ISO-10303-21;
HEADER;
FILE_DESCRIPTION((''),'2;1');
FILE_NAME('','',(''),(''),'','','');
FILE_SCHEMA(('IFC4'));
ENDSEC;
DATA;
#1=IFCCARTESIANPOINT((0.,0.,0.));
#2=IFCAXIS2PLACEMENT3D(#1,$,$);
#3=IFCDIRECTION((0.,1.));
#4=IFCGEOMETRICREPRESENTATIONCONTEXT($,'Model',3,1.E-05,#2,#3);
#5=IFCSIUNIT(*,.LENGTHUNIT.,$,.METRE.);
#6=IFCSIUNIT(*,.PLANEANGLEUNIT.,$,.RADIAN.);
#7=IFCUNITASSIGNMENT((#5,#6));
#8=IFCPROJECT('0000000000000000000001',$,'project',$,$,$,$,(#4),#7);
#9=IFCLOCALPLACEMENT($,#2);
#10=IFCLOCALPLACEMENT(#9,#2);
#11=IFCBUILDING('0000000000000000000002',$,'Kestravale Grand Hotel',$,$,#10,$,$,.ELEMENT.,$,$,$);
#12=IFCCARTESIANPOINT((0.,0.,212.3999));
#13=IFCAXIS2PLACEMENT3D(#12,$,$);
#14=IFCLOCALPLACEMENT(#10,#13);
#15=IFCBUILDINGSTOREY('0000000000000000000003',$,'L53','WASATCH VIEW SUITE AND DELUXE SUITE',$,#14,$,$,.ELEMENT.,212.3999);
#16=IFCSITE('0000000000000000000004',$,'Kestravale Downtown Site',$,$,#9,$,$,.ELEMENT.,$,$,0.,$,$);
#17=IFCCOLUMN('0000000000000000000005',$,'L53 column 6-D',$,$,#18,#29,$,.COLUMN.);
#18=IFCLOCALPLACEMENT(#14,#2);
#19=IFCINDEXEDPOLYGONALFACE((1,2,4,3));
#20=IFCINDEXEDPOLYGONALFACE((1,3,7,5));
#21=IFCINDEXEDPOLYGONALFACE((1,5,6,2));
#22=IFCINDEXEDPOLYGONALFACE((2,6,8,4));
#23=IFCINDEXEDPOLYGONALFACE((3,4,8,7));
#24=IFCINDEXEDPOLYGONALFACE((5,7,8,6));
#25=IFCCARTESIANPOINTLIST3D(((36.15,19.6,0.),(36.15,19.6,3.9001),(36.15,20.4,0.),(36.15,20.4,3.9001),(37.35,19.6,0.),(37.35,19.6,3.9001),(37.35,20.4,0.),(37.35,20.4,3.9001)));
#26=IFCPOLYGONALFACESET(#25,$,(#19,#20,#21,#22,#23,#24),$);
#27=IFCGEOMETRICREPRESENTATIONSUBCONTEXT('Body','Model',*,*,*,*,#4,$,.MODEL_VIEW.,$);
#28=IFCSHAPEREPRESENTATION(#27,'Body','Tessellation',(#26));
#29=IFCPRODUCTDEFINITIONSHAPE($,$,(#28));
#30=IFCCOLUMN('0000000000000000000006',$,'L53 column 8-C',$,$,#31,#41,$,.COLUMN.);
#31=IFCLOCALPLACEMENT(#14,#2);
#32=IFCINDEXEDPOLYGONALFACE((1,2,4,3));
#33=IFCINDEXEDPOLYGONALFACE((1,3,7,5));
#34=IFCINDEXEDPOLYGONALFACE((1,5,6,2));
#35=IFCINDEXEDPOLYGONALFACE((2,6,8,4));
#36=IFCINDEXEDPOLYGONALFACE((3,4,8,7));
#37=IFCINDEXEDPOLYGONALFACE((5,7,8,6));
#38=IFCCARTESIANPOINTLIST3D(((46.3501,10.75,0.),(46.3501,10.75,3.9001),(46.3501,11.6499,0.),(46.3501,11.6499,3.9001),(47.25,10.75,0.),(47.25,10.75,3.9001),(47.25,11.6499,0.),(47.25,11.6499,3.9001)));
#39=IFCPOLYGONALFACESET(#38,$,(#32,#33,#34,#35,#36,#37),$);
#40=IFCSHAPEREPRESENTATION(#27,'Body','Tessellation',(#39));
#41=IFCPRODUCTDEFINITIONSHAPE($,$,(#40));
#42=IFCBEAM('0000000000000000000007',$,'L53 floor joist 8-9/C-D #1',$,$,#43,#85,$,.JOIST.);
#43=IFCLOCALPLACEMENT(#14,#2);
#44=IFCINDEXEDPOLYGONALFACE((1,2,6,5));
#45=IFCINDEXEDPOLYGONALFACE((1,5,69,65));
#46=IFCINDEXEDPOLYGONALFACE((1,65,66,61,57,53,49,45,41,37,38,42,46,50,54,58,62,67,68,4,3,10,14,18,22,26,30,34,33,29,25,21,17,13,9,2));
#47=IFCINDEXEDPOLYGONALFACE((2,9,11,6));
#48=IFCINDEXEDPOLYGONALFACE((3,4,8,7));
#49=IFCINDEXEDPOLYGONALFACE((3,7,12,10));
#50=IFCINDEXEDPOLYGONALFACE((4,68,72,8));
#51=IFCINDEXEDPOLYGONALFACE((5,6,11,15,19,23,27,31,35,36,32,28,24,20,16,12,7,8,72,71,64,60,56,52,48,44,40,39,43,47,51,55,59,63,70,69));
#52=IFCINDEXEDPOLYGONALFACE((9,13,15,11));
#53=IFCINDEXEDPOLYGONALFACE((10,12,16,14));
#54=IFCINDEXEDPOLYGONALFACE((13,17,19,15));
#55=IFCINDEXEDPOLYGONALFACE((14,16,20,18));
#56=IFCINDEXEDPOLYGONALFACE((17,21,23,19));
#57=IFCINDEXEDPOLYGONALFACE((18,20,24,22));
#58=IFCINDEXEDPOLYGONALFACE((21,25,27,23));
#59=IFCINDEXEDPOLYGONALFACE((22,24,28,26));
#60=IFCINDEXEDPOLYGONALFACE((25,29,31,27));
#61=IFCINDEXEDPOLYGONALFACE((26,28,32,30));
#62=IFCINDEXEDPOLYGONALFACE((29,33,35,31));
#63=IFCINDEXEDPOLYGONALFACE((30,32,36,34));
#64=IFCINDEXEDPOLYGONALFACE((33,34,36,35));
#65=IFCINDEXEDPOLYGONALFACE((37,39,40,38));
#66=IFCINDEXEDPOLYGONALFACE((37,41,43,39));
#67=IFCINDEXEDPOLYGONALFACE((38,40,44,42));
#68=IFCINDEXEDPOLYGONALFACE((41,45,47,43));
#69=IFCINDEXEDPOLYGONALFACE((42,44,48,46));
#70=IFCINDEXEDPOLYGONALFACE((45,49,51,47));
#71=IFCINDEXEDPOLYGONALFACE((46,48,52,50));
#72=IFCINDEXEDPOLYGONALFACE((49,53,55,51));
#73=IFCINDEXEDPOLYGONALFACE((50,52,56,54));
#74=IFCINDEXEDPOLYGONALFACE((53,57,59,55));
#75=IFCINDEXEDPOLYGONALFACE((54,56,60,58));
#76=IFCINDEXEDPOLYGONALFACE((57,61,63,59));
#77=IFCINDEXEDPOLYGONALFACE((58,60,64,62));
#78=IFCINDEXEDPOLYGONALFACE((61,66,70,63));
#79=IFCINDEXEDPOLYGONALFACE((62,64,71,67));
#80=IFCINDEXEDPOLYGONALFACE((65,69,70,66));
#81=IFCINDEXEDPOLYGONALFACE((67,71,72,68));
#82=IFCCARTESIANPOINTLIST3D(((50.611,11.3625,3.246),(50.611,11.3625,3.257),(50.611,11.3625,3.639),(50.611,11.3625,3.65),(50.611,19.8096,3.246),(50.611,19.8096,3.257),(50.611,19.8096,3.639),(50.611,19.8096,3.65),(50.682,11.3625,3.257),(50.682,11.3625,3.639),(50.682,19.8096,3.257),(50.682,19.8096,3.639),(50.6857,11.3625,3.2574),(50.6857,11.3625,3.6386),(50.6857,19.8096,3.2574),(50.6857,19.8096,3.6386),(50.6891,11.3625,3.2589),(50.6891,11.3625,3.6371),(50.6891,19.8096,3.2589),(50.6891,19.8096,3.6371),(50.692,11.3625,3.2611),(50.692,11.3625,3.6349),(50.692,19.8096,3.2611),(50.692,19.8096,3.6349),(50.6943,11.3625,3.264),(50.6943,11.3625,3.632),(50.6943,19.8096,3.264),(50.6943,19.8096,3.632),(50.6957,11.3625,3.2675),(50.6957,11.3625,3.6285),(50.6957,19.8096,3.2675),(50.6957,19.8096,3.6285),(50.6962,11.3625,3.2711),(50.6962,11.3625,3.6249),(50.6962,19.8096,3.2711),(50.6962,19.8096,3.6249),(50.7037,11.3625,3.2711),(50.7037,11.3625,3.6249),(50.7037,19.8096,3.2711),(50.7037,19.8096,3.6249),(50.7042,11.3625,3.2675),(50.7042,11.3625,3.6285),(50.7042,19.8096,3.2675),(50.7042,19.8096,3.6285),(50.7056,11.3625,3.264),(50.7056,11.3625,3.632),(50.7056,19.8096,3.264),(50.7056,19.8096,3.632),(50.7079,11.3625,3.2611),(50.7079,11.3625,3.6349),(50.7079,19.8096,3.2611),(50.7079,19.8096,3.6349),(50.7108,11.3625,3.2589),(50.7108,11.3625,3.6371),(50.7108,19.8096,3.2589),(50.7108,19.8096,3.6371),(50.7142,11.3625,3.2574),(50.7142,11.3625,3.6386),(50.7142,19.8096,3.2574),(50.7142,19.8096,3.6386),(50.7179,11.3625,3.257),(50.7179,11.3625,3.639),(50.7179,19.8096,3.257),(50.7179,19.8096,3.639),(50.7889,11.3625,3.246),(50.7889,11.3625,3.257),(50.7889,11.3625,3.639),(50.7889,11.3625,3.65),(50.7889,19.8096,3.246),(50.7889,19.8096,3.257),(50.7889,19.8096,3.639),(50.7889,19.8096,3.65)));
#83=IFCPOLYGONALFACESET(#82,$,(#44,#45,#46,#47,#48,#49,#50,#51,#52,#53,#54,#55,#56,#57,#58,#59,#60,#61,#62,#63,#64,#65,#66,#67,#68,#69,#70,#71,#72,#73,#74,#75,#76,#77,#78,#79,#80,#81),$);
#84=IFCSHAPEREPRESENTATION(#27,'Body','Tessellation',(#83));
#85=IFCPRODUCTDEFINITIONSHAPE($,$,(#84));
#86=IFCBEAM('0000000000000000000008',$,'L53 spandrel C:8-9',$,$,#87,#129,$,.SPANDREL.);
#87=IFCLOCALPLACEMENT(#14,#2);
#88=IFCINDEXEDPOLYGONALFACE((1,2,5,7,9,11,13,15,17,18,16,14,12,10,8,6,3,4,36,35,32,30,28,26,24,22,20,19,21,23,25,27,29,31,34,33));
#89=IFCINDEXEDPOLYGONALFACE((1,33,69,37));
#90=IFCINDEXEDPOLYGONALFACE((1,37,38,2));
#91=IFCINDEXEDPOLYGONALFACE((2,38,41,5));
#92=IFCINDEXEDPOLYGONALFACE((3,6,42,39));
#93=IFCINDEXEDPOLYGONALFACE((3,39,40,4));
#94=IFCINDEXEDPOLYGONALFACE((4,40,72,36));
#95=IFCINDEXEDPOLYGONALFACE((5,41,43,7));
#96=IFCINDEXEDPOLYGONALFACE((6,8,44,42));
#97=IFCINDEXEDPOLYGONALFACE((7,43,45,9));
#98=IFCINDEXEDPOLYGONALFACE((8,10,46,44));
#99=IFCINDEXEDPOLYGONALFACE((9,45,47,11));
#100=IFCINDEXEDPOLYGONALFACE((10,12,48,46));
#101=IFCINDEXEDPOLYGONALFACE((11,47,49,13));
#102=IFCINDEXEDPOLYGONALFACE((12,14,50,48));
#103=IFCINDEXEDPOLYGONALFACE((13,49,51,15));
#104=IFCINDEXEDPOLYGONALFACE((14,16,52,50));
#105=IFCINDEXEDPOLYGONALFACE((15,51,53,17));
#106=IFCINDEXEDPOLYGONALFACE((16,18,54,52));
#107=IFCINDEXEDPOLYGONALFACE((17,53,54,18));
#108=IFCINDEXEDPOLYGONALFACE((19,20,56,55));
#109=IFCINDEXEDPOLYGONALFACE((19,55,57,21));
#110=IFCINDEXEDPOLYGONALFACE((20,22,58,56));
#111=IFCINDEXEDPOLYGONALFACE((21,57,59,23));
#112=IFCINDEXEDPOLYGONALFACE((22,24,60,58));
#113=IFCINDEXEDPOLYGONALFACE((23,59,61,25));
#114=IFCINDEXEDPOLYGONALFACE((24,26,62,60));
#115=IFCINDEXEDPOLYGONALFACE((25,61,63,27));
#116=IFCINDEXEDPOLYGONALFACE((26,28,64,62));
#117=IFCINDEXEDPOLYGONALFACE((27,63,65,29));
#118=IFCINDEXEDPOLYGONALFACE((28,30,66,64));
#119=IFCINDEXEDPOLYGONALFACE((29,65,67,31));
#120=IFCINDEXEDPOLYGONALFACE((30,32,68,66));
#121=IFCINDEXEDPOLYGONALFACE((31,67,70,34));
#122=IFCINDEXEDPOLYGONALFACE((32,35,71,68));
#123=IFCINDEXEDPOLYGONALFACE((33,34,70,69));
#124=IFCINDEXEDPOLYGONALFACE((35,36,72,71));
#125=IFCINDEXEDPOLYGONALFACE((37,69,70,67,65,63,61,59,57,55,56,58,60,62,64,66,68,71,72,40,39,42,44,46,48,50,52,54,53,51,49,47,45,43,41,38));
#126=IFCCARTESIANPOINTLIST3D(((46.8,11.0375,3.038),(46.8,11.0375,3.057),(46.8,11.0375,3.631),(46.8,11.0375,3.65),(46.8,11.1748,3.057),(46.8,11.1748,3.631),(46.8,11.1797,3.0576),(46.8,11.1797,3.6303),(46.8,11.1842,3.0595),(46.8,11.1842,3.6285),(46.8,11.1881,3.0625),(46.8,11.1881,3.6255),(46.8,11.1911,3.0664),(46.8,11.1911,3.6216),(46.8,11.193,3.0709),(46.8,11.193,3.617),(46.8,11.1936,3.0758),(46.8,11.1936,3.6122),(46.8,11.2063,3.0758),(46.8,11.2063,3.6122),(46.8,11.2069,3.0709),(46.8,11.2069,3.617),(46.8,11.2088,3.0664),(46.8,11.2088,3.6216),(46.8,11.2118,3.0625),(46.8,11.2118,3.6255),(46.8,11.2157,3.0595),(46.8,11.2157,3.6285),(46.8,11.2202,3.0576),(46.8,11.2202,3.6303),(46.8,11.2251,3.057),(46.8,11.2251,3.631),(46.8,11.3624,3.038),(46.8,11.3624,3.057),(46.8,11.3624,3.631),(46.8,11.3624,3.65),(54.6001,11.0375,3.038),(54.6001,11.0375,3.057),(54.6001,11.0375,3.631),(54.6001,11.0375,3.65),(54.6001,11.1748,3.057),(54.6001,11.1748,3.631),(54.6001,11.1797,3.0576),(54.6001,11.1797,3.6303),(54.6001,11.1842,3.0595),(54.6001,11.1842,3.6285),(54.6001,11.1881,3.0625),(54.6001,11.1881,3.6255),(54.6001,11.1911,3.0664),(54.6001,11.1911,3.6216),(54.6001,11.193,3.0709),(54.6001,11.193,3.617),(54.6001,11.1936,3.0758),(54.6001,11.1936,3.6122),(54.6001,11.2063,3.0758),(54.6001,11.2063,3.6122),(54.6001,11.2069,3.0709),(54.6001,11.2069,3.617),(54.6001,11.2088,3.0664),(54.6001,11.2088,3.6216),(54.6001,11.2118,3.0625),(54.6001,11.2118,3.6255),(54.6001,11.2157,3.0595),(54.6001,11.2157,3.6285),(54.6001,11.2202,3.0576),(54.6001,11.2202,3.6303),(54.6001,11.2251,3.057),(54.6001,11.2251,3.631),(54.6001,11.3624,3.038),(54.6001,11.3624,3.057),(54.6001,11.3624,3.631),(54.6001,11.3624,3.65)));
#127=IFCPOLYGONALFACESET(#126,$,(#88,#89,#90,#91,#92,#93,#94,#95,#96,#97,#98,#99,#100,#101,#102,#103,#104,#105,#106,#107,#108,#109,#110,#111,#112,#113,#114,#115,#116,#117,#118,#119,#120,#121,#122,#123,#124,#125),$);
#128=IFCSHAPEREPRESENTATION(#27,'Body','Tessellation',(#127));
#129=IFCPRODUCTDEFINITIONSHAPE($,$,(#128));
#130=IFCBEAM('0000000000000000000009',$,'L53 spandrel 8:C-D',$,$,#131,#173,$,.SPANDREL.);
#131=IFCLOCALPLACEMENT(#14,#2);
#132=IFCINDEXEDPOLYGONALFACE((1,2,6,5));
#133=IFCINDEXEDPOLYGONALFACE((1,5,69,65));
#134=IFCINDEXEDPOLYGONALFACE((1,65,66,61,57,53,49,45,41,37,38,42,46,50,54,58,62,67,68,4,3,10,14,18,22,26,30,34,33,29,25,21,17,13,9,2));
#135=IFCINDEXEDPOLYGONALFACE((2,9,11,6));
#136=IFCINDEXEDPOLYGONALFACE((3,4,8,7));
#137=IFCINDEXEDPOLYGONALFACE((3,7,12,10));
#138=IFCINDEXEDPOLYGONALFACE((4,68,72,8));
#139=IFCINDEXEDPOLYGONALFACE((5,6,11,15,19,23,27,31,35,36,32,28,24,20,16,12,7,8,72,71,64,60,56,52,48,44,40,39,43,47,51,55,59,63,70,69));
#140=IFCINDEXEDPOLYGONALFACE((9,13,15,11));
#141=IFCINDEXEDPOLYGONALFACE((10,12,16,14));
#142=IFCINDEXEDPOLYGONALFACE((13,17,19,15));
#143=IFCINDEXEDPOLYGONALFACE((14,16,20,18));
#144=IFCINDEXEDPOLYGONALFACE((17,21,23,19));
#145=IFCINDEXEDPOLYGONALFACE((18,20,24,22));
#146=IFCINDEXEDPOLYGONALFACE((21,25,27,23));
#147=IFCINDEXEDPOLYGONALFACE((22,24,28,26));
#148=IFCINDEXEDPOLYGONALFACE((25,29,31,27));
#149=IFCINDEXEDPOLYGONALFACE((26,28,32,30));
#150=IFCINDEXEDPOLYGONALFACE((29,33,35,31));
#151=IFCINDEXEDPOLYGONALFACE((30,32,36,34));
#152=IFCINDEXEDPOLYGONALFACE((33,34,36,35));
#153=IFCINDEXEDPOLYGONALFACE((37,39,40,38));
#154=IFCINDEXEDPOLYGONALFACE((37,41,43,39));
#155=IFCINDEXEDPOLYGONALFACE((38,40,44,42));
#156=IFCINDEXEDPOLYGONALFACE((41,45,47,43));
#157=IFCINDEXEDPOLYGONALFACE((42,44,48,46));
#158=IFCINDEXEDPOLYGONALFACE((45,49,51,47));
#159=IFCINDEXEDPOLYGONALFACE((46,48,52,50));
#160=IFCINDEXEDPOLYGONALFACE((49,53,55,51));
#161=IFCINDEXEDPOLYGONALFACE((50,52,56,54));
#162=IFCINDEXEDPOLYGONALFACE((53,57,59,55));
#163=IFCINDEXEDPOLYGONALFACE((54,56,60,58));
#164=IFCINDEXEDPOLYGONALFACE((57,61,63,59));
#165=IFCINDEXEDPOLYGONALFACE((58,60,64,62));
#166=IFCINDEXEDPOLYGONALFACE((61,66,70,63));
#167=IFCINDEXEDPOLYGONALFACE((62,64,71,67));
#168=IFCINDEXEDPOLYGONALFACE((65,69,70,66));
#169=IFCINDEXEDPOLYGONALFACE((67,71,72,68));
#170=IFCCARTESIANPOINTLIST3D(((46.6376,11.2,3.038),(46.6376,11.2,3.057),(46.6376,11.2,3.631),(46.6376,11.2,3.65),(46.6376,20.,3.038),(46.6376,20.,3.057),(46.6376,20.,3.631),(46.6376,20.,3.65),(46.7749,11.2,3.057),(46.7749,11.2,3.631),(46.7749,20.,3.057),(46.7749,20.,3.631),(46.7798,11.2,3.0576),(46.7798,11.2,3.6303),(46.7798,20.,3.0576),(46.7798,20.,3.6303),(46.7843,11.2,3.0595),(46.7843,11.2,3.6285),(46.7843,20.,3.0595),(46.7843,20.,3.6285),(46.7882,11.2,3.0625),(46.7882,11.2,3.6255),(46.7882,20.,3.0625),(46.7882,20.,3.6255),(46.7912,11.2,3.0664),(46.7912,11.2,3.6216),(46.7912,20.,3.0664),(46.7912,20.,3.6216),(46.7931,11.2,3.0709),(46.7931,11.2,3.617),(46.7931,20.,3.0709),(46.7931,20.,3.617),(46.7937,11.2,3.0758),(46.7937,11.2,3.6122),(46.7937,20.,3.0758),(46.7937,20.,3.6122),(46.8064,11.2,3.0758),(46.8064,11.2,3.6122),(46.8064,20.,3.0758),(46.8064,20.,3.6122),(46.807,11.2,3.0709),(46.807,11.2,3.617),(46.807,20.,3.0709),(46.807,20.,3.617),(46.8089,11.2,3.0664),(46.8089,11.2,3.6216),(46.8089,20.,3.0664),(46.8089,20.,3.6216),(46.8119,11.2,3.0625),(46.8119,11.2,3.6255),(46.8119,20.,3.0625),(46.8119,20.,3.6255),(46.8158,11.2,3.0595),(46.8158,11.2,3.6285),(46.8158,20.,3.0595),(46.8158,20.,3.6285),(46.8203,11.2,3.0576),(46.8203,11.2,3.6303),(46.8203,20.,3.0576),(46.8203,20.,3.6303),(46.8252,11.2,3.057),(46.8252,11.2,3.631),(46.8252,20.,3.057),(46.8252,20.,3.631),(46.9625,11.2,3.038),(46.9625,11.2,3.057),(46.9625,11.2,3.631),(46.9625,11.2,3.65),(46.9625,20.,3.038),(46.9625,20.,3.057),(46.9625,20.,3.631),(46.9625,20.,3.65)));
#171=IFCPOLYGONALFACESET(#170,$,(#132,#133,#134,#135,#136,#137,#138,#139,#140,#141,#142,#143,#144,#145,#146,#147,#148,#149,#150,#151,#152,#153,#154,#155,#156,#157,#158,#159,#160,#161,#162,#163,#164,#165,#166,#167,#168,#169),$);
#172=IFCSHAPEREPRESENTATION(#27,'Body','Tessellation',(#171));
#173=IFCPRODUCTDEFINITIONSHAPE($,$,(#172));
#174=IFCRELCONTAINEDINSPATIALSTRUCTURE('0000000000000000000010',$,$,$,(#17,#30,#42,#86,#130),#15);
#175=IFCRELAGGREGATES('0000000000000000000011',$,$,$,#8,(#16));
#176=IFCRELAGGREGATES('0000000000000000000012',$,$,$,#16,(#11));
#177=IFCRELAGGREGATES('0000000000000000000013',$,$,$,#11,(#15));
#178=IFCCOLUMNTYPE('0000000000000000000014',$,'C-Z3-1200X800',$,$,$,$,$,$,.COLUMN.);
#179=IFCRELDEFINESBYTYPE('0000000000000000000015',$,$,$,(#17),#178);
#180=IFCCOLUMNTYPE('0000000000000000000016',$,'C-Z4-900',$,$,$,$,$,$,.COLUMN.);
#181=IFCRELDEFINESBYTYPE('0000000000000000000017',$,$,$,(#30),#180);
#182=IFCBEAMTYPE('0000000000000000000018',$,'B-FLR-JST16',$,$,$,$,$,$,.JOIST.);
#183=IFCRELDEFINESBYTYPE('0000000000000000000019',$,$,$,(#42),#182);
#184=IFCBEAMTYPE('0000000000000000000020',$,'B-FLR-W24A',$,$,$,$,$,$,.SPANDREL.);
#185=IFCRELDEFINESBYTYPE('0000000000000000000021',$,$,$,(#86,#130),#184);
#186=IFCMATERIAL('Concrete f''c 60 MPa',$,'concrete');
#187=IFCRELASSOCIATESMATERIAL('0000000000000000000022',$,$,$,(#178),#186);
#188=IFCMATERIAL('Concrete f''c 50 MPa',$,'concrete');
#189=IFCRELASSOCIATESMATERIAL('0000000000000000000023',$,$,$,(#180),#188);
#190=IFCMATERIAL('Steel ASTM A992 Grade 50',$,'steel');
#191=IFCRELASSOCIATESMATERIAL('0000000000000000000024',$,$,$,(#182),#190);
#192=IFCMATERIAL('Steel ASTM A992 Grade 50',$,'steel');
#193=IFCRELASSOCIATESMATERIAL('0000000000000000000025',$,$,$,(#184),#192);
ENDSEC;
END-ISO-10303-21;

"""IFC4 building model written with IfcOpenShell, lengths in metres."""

from ifc_helpers import new_model, si_unit, direction, frame, origin, origin_2d, place, context, subcontext, project, spatial, rectangle, i_section, extrude, material, material_profile, profile_set, type_object, element, save


model = new_model("IFC4")

# Units and contexts
model_context = context("Model", 3, precision=1e-05, world=origin(), true_north=direction((0.0, 1.0)))
body_context = subcontext(model_context, "Body", "Model", "MODEL_VIEW")
ifc_project = project(units=[si_unit("LENGTHUNIT", "METRE"), si_unit("PLANEANGLEUNIT", "RADIAN")], contexts=[model_context])

# Site, building, storey
site_placement = place(None, origin())
site = spatial("IfcSite", under=ifc_project, at=site_placement, Name="Kestravale Downtown Site", CompositionType="ELEMENT", RefElevation=0.0)
building_placement = place(site_placement, origin())
building = spatial("IfcBuilding", under=site, at=building_placement, Name="Kestravale Grand Hotel", CompositionType="ELEMENT")
storey_placement = place(building_placement, frame((0.0, 0.0, 212.3999)))
storey = spatial("IfcBuildingStorey", under=building, at=storey_placement, Name="L53", Description="WASATCH VIEW SUITE AND DELUXE SUITE", CompositionType="ELEMENT", Elevation=212.3999)

# Columns
ifc_material_1 = material(Name="Concrete f'c 60 MPa", Category="concrete")
ifc_material_profile_1 = material_profile(ifc_material_1, rectangle(XDim=1.2, YDim=0.8, at=origin_2d()))
ifc_profile_set_1 = profile_set([ifc_material_profile_1], Name="Concrete f'c 60 MPa")
column_type_1 = type_object("IfcColumnType", Name="C-Z3-1200X800", PredefinedType="COLUMN", material=ifc_profile_set_1)
column_1_placement = place(storey_placement, frame((36.75, 20.0, 0.0), z_axis=(0.0, 0.0, 1.0), x_axis=(1.0, 0.0, 0.0)))
element("IfcColumn", 1, at=column_1_placement, inside=storey, type_object=column_type_1, Name="L53 column 6-D", PredefinedType="COLUMN", context=body_context, shape_type="SweptSolid", body=[
    extrude(rectangle(XDim=1.2, YDim=0.8, at=origin_2d()), origin(), (0.0, 0.0, 1.0), 3.9001),
])
ifc_material_2 = material(Name="Concrete f'c 50 MPa", Category="concrete")
ifc_material_profile_2 = material_profile(ifc_material_2, rectangle(XDim=0.8999, YDim=0.8999, at=origin_2d()))
ifc_profile_set_2 = profile_set([ifc_material_profile_2], Name="Concrete f'c 50 MPa")
column_type_2 = type_object("IfcColumnType", Name="C-Z4-900", PredefinedType="COLUMN", material=ifc_profile_set_2)
column_2_placement = place(storey_placement, frame((46.8, 11.2, 0.0), z_axis=(0.0, 0.0, 1.0), x_axis=(1.0, 0.0, 0.0)))
element("IfcColumn", 2, at=column_2_placement, inside=storey, type_object=column_type_2, Name="L53 column 8-C", PredefinedType="COLUMN", context=body_context, shape_type="SweptSolid", body=[
    extrude(rectangle(XDim=0.8999, YDim=0.8999, at=origin_2d()), origin(), (0.0, 0.0, 1.0), 3.9001),
])

# Beams
ifc_material_3 = material(Name="Steel ASTM A992 Grade 50", Category="steel")
ifc_material_profile_3 = material_profile(ifc_material_3, i_section(OverallWidth=0.178, OverallDepth=0.4041, WebThickness=0.0076, FlangeThickness=0.011, FilletRadius=0.0142, at=origin_2d()))
ifc_profile_set_3 = profile_set([ifc_material_profile_3], Name="Steel ASTM A992 Grade 50")
beam_type_1 = type_object("IfcBeamType", Name="B-FLR-JST16", PredefinedType="JOIST", material=ifc_profile_set_3)
beam_1_placement = place(storey_placement, frame((50.7, 11.3625, 3.448), z_axis=(0.0, 1.0, 0.0), x_axis=(-1.0, 0.0, 0.0)))
element("IfcBeam", 3, at=beam_1_placement, inside=storey, type_object=beam_type_1, Name="L53 floor joist 8-9/C-D #1", PredefinedType="JOIST", context=body_context, shape_type="SweptSolid", body=[
    extrude(i_section(OverallWidth=0.178, OverallDepth=0.4041, WebThickness=0.0076, FlangeThickness=0.011, FilletRadius=0.0142, at=origin_2d()), origin(), (0.0, 0.0, 1.0), 8.447),
])
ifc_material_4 = material(Name="Steel ASTM A992 Grade 50", Category="steel")
ifc_material_profile_4 = material_profile(ifc_material_4, i_section(OverallWidth=0.325, OverallDepth=0.6121, WebThickness=0.0127, FlangeThickness=0.019, FilletRadius=0.0188, at=origin_2d()))
ifc_profile_set_4 = profile_set([ifc_material_profile_4], Name="Steel ASTM A992 Grade 50")
beam_type_2 = type_object("IfcBeamType", Name="B-FLR-W24A", PredefinedType="SPANDREL", material=ifc_profile_set_4)
beam_2_placement = place(storey_placement, frame((46.8, 11.2, 3.344), z_axis=(1.0, 0.0, 0.0), x_axis=(0.0, 1.0, 0.0)))
element("IfcBeam", 4, at=beam_2_placement, inside=storey, type_object=beam_type_2, Name="L53 spandrel C:8-9", PredefinedType="SPANDREL", context=body_context, shape_type="SweptSolid", body=[
    extrude(i_section(OverallWidth=0.325, OverallDepth=0.6121, WebThickness=0.0127, FlangeThickness=0.019, FilletRadius=0.0188, at=origin_2d()), origin(), (0.0, 0.0, 1.0), 7.8),
])
beam_3_placement = place(storey_placement, frame((46.8, 11.2, 3.344), z_axis=(0.0, 1.0, 0.0), x_axis=(-1.0, 0.0, 0.0)))
element("IfcBeam", 5, at=beam_3_placement, inside=storey, type_object=beam_type_2, Name="L53 spandrel 8:C-D", PredefinedType="SPANDREL", context=body_context, shape_type="SweptSolid", body=[
    extrude(i_section(OverallWidth=0.325, OverallDepth=0.6121, WebThickness=0.0127, FlangeThickness=0.019, FilletRadius=0.0188, at=origin_2d()), origin(), (0.0, 0.0, 1.0), 8.8),
])

save(model, "model.ifc")
